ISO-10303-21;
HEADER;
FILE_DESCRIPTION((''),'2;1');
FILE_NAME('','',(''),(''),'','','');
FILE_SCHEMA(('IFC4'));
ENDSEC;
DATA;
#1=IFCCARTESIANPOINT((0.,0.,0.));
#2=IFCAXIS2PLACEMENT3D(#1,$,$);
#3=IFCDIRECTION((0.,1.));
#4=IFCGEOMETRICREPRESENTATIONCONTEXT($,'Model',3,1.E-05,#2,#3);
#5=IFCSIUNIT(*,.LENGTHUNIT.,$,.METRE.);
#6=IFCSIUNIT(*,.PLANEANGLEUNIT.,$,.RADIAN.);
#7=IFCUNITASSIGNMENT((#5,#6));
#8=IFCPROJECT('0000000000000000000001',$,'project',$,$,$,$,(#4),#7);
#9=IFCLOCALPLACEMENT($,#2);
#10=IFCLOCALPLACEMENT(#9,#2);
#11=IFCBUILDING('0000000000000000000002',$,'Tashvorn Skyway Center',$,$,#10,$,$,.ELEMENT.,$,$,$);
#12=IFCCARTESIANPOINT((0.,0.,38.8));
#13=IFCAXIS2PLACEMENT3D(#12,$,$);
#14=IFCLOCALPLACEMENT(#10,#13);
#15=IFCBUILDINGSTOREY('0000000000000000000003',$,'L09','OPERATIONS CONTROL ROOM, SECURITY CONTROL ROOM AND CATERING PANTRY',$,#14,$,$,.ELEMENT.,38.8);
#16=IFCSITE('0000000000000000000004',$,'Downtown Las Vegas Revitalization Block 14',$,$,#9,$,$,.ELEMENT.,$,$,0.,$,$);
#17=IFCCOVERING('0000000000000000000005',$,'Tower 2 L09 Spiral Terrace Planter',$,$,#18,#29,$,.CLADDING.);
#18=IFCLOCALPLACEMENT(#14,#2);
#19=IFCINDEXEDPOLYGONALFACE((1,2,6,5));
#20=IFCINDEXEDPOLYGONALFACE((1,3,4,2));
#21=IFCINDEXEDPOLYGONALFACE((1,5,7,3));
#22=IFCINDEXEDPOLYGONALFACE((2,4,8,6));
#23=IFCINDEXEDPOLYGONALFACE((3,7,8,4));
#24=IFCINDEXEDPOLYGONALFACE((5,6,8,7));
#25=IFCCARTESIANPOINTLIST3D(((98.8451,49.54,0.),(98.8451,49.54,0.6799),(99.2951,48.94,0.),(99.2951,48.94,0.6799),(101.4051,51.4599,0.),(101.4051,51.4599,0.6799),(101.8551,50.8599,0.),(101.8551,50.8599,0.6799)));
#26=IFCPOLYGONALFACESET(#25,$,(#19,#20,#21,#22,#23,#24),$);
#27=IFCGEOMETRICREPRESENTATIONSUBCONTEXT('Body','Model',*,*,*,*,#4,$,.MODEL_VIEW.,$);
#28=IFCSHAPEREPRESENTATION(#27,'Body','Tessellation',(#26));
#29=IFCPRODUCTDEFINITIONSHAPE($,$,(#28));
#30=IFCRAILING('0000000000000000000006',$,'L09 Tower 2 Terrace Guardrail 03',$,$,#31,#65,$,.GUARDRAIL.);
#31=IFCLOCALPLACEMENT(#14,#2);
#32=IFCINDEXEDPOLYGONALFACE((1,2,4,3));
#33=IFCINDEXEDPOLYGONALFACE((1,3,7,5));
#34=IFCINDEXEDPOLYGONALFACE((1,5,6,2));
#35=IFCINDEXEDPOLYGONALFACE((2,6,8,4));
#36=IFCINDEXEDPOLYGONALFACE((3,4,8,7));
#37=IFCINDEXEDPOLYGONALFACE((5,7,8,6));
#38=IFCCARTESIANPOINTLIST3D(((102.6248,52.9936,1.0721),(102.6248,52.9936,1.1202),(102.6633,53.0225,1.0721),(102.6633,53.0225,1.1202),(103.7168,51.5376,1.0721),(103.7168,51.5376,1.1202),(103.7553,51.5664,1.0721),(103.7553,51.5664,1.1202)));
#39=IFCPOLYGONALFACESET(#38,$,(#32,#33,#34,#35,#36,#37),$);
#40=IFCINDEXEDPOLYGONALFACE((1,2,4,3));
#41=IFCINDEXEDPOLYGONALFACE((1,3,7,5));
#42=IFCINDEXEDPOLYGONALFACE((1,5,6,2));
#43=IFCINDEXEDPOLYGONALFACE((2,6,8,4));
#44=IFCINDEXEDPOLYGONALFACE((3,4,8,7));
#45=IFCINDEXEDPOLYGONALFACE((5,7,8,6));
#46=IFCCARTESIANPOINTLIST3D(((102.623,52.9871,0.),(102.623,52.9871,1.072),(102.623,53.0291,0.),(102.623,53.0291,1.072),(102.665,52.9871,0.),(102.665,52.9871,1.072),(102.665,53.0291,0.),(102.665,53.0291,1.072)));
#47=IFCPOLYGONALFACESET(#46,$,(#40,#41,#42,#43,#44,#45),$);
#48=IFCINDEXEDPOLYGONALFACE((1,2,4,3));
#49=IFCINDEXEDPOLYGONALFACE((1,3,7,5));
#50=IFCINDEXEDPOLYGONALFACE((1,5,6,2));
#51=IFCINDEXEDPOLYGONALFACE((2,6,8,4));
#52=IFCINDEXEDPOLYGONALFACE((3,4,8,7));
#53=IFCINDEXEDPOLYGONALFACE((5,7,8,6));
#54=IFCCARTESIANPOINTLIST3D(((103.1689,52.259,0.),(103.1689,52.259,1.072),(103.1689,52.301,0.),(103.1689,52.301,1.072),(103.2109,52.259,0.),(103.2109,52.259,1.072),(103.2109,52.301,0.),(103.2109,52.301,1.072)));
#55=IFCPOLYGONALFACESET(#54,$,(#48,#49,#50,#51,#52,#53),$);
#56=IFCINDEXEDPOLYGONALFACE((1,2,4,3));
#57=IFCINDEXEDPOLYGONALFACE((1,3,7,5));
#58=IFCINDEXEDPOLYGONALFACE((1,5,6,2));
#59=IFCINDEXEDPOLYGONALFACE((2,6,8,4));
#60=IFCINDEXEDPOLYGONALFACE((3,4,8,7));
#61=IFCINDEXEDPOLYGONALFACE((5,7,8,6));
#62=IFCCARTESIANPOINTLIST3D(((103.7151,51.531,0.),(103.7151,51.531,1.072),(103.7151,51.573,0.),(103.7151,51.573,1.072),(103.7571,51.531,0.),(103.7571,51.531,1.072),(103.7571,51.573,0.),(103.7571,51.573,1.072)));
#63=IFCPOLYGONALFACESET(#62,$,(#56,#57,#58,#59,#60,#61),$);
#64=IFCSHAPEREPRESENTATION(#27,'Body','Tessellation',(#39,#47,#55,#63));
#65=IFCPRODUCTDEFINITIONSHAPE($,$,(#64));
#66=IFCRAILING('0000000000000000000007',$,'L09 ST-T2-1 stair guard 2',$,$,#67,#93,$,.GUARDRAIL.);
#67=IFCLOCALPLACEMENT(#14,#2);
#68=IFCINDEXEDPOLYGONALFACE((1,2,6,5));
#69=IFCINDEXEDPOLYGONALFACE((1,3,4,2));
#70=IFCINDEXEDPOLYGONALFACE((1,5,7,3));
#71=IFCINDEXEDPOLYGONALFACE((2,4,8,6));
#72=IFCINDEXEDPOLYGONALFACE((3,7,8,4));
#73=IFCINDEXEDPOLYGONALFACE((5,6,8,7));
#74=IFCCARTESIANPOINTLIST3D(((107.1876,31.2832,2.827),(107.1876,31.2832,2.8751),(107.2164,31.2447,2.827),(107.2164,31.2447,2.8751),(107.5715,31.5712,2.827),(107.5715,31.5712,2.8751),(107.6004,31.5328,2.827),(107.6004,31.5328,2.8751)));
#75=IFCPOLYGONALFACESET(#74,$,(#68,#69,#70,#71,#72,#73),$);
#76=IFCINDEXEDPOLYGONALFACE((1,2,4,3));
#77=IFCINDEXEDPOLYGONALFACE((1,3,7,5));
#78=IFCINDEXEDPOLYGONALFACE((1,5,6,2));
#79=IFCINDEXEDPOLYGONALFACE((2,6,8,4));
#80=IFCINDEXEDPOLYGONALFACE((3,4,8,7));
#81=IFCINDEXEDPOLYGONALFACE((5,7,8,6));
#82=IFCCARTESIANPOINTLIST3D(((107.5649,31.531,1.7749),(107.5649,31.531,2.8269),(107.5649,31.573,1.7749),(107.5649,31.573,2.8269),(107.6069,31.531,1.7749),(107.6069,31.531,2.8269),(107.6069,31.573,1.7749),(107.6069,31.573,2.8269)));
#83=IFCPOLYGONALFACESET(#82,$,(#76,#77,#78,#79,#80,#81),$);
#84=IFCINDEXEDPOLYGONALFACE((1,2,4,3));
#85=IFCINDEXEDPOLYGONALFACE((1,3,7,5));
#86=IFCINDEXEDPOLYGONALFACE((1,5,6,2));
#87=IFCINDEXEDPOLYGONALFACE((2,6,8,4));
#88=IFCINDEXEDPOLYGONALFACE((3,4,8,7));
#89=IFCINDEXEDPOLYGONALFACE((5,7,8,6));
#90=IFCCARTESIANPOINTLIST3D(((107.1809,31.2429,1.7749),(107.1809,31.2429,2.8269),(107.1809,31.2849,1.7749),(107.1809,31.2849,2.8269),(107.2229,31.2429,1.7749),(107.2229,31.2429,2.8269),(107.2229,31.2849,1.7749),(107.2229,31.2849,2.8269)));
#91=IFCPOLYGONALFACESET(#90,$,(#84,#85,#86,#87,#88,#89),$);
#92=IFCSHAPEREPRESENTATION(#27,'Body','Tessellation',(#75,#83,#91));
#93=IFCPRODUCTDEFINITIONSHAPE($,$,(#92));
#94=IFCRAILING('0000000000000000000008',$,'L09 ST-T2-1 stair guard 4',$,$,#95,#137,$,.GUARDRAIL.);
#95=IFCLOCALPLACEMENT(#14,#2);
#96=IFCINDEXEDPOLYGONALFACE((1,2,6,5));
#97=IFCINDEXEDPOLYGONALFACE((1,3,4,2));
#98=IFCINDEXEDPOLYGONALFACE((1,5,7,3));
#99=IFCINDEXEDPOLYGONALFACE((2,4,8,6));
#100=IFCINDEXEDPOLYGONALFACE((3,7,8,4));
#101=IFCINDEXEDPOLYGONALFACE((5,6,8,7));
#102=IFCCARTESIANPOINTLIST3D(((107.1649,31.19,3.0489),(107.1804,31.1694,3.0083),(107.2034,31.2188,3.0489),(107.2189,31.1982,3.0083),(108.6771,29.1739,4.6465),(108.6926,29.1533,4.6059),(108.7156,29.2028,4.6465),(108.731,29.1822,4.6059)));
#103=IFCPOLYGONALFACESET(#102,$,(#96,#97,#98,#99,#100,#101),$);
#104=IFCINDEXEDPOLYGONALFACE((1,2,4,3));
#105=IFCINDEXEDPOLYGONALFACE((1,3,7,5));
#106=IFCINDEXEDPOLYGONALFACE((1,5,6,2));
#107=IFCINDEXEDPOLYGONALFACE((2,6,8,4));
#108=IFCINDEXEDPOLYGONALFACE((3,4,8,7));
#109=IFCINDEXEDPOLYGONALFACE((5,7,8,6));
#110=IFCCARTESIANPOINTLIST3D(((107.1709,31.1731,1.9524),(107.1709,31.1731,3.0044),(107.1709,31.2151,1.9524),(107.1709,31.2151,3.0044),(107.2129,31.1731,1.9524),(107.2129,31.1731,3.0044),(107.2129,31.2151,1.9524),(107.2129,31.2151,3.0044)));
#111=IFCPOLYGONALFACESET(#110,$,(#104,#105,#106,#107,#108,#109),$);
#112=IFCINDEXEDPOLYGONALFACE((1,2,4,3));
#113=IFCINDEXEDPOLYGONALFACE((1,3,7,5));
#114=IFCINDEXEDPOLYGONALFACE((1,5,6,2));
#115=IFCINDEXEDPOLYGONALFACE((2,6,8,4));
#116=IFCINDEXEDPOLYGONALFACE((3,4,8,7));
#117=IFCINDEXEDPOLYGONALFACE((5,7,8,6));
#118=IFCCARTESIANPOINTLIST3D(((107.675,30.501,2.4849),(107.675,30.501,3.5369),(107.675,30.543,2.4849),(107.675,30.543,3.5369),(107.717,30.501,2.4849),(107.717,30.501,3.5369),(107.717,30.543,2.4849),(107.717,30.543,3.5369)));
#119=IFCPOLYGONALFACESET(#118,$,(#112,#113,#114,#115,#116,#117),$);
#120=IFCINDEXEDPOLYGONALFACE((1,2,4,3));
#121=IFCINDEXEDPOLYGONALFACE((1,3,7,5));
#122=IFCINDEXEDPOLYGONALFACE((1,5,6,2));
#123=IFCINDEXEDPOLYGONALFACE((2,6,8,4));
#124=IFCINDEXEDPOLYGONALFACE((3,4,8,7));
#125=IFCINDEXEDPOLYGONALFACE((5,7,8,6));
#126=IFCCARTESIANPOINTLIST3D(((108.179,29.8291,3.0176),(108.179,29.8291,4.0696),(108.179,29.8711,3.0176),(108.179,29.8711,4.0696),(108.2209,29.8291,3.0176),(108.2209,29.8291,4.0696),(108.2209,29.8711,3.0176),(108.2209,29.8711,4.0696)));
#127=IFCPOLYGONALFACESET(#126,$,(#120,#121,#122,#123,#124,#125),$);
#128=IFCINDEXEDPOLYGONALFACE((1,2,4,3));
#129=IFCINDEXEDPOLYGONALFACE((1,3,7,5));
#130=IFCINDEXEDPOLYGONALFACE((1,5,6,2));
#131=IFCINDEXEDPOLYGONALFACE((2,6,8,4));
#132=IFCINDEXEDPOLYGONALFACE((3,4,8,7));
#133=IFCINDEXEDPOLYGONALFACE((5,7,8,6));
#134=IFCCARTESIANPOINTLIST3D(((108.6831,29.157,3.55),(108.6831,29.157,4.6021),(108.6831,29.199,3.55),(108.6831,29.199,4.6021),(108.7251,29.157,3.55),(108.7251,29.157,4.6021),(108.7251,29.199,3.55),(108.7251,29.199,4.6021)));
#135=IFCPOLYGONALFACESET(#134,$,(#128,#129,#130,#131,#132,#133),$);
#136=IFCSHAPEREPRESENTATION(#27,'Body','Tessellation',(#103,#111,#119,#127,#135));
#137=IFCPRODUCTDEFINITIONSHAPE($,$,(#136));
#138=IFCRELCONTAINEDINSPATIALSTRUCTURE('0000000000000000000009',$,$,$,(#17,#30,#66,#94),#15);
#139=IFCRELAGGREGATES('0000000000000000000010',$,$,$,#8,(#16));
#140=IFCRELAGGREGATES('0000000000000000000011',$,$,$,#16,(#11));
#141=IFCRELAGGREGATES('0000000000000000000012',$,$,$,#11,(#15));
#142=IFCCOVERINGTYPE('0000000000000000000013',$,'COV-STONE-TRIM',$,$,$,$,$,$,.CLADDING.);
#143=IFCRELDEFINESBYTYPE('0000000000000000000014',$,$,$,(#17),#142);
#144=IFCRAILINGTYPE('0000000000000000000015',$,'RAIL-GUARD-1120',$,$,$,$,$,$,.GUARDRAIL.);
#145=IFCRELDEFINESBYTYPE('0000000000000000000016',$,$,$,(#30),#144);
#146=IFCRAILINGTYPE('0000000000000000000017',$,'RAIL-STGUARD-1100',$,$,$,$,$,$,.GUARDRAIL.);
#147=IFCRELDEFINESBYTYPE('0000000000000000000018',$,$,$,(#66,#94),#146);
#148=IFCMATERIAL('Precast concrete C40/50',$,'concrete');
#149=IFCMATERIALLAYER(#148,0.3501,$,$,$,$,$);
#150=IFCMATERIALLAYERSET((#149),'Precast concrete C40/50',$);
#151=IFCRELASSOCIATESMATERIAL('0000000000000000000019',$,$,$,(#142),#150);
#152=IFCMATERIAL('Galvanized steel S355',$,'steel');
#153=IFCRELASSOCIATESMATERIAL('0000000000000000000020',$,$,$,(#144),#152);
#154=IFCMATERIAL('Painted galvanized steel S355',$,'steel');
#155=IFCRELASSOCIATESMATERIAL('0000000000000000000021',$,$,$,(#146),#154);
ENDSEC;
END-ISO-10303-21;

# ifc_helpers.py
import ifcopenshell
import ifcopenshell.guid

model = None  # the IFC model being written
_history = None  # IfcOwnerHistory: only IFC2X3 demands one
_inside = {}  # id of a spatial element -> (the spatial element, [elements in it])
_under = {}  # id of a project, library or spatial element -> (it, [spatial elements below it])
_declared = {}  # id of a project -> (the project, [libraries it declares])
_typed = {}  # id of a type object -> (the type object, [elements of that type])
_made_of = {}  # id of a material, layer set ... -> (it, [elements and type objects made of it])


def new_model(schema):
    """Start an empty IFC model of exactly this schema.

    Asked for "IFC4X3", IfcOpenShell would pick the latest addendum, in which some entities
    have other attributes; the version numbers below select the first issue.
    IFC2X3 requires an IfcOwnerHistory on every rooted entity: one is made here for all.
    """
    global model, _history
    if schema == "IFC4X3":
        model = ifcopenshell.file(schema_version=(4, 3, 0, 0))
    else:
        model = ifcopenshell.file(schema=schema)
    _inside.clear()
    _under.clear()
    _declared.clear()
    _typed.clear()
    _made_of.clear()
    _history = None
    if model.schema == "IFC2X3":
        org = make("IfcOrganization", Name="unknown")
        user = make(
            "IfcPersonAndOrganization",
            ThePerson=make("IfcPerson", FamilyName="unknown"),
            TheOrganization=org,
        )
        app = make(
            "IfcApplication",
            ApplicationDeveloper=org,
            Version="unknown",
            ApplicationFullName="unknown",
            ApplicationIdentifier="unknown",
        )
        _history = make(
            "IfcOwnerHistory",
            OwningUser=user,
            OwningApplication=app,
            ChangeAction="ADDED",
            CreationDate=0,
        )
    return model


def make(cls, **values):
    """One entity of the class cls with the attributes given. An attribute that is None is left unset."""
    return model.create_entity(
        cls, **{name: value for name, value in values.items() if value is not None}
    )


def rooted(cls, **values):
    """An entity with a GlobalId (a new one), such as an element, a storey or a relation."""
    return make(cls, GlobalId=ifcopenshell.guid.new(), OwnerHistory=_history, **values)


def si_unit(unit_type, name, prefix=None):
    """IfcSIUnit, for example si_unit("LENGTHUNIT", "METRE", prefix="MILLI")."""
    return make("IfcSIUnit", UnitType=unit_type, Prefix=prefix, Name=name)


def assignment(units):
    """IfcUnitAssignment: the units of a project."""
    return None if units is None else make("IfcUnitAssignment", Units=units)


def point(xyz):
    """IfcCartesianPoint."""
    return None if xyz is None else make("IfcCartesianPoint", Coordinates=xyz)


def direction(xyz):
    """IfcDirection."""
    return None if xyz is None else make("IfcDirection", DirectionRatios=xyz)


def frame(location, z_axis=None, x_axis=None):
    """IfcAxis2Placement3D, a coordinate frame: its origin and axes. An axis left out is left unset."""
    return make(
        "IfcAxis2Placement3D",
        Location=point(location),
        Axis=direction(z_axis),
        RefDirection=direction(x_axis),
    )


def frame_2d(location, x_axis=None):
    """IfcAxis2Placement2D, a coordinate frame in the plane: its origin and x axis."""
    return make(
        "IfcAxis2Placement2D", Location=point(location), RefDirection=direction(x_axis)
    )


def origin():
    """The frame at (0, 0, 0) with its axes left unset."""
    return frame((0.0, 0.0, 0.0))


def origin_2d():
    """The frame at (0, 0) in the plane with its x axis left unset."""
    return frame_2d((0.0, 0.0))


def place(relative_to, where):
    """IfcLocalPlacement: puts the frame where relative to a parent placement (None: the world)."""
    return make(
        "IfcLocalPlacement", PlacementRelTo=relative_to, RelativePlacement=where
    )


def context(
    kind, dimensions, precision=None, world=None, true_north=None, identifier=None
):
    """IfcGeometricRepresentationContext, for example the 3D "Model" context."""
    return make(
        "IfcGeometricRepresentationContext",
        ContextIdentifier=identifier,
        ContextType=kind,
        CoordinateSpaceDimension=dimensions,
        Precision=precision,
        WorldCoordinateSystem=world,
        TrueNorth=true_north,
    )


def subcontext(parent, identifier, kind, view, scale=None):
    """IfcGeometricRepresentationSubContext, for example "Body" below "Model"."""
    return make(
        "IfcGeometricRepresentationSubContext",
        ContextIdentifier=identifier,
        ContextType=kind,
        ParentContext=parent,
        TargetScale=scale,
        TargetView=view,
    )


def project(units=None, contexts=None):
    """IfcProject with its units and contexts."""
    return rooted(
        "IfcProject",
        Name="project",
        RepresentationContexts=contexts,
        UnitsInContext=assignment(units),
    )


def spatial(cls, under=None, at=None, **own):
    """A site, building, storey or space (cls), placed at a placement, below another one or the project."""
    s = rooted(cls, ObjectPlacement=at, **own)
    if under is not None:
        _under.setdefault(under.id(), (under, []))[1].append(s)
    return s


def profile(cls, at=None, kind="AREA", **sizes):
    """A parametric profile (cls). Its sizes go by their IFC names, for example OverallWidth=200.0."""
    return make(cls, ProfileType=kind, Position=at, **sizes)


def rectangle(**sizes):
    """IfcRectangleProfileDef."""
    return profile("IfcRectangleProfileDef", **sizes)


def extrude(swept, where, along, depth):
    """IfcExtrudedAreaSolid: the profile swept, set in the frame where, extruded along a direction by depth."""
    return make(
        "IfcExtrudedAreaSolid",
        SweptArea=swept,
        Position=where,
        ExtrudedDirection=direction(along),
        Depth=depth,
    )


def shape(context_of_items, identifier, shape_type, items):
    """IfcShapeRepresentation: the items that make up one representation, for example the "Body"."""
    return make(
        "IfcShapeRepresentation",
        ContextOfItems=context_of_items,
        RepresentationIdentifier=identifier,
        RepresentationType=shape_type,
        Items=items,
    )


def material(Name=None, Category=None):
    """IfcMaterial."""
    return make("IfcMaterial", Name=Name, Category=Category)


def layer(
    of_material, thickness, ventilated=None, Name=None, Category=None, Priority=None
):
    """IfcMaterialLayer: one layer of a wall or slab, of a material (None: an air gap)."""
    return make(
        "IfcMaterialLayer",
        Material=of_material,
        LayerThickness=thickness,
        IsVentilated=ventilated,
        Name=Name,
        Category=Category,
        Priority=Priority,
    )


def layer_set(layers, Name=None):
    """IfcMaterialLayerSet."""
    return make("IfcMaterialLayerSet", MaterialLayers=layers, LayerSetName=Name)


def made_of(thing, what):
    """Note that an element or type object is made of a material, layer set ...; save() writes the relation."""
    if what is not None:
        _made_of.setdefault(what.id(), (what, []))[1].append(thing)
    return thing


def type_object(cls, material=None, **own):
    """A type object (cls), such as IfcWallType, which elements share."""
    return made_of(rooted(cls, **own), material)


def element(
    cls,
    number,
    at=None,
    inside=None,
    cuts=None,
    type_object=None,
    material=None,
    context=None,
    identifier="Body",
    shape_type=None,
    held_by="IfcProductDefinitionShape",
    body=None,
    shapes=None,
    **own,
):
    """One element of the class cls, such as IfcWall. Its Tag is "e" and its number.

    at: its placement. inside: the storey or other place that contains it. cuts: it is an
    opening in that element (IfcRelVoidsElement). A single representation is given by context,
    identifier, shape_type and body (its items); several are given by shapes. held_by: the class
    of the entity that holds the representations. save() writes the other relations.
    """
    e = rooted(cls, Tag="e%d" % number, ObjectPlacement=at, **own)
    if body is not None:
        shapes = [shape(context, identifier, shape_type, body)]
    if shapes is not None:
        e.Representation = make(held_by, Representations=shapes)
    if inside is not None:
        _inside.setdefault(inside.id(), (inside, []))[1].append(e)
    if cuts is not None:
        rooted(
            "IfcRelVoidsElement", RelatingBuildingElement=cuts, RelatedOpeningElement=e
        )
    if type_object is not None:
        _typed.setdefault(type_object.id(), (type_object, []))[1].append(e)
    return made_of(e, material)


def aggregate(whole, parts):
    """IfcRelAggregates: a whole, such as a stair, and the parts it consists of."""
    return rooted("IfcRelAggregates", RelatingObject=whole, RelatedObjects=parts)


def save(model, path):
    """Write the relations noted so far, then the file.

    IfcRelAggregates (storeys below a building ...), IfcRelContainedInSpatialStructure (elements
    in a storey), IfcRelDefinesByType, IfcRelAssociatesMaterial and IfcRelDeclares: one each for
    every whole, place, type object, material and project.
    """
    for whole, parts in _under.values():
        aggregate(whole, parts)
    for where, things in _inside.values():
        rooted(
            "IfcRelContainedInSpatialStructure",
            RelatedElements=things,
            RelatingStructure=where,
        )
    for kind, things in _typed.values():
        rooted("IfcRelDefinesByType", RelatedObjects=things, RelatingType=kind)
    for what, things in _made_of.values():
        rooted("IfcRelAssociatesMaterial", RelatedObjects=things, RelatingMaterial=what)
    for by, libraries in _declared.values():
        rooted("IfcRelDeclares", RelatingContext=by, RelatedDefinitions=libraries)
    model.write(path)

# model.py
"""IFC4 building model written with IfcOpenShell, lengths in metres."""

from ifc_helpers import new_model, si_unit, direction, frame, origin, origin_2d, place, context, subcontext, project, spatial, rectangle, extrude, material, layer, layer_set, type_object, element, save


model = new_model("IFC4")

# Units and contexts
model_context = context("Model", 3, precision=1e-05, world=origin(), true_north=direction((0.0, 1.0)))
body_context = subcontext(model_context, "Body", "Model", "MODEL_VIEW")
ifc_project = project(units=[si_unit("LENGTHUNIT", "METRE"), si_unit("PLANEANGLEUNIT", "RADIAN")], contexts=[model_context])

# Site, building, storey
site_placement = place(None, origin())
site = spatial("IfcSite", under=ifc_project, at=site_placement, Name="Downtown Las Vegas Revitalization Block 14", CompositionType="ELEMENT", RefElevation=0.0)
building_placement = place(site_placement, origin())
building = spatial("IfcBuilding", under=site, at=building_placement, Name="Tashvorn Skyway Center", CompositionType="ELEMENT")
storey_placement = place(building_placement, frame((0.0, 0.0, 38.8)))
storey = spatial("IfcBuildingStorey", under=building, at=storey_placement, Name="L09", Description="OPERATIONS CONTROL ROOM, SECURITY CONTROL ROOM AND CATERING PANTRY", CompositionType="ELEMENT", Elevation=38.8)

# Covering
ifc_material_1 = material(Name="Precast concrete C40/50", Category="concrete")
ifc_layer_1 = layer(ifc_material_1, 0.3501)
ifc_layer_set_1 = layer_set([ifc_layer_1], Name="Precast concrete C40/50")
covering_type_1 = type_object("IfcCoveringType", Name="COV-STONE-TRIM", PredefinedType="CLADDING", material=ifc_layer_set_1)
covering_1_placement = place(storey_placement, frame((100.3501, 50.2, 0.0), z_axis=(0.0, 0.0, 1.0), x_axis=(0.8, 0.6, 0.0)))
element("IfcCovering", 1, at=covering_1_placement, inside=storey, type_object=covering_type_1, Name="Tower 2 L09 Spiral Terrace Planter", PredefinedType="CLADDING", context=body_context, shape_type="SweptSolid", body=[
    extrude(rectangle(XDim=3.2, YDim=0.75, at=origin_2d()), origin(), (0.0, 0.0, 1.0), 0.6799),
])

# Railings
ifc_material_2 = material(Name="Galvanized steel S355", Category="steel")
railing_type_1 = type_object("IfcRailingType", Name="RAIL-GUARD-1120", PredefinedType="GUARDRAIL", material=ifc_material_2)
railing_1_placement = place(storey_placement, frame((102.644, 53.0081, 0.0)))
element("IfcRailing", 2, at=railing_1_placement, inside=storey, type_object=railing_type_1, Name="L09 Tower 2 Terrace Guardrail 03", PredefinedType="GUARDRAIL", context=body_context, shape_type="SweptSolid", body=[
    extrude(rectangle(XDim=0.0481, YDim=0.0481, at=origin_2d()), frame((0.0, 0.0, 1.0962), z_axis=(0.6, -0.8, 0.0), x_axis=(0.8, 0.6, 0.0)), (0.0, 0.0, 1.0), 1.8201),
    extrude(rectangle(XDim=0.042, YDim=0.042, at=origin_2d()), origin(), (0.0, 0.0, 1.0), 1.072),
    extrude(rectangle(XDim=0.042, YDim=0.042, at=origin_2d()), frame((0.5459, -0.728, 0.0)), (0.0, 0.0, 1.0), 1.072),
    extrude(rectangle(XDim=0.042, YDim=0.042, at=origin_2d()), frame((1.092, -1.4561, 0.0)), (0.0, 0.0, 1.0), 1.072),
])
ifc_material_3 = material(Name="Painted galvanized steel S355", Category="steel")
railing_type_2 = type_object("IfcRailingType", Name="RAIL-STGUARD-1100", PredefinedType="GUARDRAIL", material=ifc_material_3)
railing_2_placement = place(storey_placement, frame((107.5859, 31.552, 1.7749)))
element("IfcRailing", 3, at=railing_2_placement, inside=storey, type_object=railing_type_2, Name="L09 ST-T2-1 stair guard 2", PredefinedType="GUARDRAIL", context=body_context, shape_type="SweptSolid", body=[
    extrude(rectangle(XDim=0.0481, YDim=0.0481, at=origin_2d()), frame((0.0, 0.0, 1.0762), z_axis=(-0.799939, -0.600081, 0.0), x_axis=(0.600081, -0.799939, 0.0)), (0.0, 0.0, 1.0), 0.48),
    extrude(rectangle(XDim=0.042, YDim=0.042, at=origin_2d()), origin(), (0.0, 0.0, 1.0), 1.052),
    extrude(rectangle(XDim=0.042, YDim=0.042, at=origin_2d()), frame((-0.384, -0.2881, 0.0)), (0.0, 0.0, 1.0), 1.052),
])
railing_3_placement = place(storey_placement, frame((107.1919, 31.1941, 1.9524)))
element("IfcRailing", 4, at=railing_3_placement, inside=storey, type_object=railing_type_2, Name="L09 ST-T2-1 stair guard 4", PredefinedType="GUARDRAIL", context=body_context, shape_type="SweptSolid", body=[
    extrude(rectangle(XDim=0.0481, YDim=0.0481, at=origin_2d()), frame((0.0, 0.0, 1.0762), z_axis=(0.506779, -0.675651, 0.535416), x_axis=(0.799977, 0.600031, 0.0)), (0.0, 0.0, 1.0), 2.9839),
    extrude(rectangle(XDim=0.042, YDim=0.042, at=origin_2d()), origin(), (0.0, 0.0, 1.0), 1.052),
    extrude(rectangle(XDim=0.042, YDim=0.042, at=origin_2d()), frame((0.5042, -0.6721, 0.5325)), (0.0, 0.0, 1.0), 1.052),
    extrude(rectangle(XDim=0.042, YDim=0.042, at=origin_2d()), frame((1.0081, -1.344, 1.0652)), (0.0, 0.0, 1.0), 1.052),
    extrude(rectangle(XDim=0.042, YDim=0.042, at=origin_2d()), frame((1.5122, -2.0161, 1.5977)), (0.0, 0.0, 1.0), 1.052),
])

save(model, "model.ifc")
